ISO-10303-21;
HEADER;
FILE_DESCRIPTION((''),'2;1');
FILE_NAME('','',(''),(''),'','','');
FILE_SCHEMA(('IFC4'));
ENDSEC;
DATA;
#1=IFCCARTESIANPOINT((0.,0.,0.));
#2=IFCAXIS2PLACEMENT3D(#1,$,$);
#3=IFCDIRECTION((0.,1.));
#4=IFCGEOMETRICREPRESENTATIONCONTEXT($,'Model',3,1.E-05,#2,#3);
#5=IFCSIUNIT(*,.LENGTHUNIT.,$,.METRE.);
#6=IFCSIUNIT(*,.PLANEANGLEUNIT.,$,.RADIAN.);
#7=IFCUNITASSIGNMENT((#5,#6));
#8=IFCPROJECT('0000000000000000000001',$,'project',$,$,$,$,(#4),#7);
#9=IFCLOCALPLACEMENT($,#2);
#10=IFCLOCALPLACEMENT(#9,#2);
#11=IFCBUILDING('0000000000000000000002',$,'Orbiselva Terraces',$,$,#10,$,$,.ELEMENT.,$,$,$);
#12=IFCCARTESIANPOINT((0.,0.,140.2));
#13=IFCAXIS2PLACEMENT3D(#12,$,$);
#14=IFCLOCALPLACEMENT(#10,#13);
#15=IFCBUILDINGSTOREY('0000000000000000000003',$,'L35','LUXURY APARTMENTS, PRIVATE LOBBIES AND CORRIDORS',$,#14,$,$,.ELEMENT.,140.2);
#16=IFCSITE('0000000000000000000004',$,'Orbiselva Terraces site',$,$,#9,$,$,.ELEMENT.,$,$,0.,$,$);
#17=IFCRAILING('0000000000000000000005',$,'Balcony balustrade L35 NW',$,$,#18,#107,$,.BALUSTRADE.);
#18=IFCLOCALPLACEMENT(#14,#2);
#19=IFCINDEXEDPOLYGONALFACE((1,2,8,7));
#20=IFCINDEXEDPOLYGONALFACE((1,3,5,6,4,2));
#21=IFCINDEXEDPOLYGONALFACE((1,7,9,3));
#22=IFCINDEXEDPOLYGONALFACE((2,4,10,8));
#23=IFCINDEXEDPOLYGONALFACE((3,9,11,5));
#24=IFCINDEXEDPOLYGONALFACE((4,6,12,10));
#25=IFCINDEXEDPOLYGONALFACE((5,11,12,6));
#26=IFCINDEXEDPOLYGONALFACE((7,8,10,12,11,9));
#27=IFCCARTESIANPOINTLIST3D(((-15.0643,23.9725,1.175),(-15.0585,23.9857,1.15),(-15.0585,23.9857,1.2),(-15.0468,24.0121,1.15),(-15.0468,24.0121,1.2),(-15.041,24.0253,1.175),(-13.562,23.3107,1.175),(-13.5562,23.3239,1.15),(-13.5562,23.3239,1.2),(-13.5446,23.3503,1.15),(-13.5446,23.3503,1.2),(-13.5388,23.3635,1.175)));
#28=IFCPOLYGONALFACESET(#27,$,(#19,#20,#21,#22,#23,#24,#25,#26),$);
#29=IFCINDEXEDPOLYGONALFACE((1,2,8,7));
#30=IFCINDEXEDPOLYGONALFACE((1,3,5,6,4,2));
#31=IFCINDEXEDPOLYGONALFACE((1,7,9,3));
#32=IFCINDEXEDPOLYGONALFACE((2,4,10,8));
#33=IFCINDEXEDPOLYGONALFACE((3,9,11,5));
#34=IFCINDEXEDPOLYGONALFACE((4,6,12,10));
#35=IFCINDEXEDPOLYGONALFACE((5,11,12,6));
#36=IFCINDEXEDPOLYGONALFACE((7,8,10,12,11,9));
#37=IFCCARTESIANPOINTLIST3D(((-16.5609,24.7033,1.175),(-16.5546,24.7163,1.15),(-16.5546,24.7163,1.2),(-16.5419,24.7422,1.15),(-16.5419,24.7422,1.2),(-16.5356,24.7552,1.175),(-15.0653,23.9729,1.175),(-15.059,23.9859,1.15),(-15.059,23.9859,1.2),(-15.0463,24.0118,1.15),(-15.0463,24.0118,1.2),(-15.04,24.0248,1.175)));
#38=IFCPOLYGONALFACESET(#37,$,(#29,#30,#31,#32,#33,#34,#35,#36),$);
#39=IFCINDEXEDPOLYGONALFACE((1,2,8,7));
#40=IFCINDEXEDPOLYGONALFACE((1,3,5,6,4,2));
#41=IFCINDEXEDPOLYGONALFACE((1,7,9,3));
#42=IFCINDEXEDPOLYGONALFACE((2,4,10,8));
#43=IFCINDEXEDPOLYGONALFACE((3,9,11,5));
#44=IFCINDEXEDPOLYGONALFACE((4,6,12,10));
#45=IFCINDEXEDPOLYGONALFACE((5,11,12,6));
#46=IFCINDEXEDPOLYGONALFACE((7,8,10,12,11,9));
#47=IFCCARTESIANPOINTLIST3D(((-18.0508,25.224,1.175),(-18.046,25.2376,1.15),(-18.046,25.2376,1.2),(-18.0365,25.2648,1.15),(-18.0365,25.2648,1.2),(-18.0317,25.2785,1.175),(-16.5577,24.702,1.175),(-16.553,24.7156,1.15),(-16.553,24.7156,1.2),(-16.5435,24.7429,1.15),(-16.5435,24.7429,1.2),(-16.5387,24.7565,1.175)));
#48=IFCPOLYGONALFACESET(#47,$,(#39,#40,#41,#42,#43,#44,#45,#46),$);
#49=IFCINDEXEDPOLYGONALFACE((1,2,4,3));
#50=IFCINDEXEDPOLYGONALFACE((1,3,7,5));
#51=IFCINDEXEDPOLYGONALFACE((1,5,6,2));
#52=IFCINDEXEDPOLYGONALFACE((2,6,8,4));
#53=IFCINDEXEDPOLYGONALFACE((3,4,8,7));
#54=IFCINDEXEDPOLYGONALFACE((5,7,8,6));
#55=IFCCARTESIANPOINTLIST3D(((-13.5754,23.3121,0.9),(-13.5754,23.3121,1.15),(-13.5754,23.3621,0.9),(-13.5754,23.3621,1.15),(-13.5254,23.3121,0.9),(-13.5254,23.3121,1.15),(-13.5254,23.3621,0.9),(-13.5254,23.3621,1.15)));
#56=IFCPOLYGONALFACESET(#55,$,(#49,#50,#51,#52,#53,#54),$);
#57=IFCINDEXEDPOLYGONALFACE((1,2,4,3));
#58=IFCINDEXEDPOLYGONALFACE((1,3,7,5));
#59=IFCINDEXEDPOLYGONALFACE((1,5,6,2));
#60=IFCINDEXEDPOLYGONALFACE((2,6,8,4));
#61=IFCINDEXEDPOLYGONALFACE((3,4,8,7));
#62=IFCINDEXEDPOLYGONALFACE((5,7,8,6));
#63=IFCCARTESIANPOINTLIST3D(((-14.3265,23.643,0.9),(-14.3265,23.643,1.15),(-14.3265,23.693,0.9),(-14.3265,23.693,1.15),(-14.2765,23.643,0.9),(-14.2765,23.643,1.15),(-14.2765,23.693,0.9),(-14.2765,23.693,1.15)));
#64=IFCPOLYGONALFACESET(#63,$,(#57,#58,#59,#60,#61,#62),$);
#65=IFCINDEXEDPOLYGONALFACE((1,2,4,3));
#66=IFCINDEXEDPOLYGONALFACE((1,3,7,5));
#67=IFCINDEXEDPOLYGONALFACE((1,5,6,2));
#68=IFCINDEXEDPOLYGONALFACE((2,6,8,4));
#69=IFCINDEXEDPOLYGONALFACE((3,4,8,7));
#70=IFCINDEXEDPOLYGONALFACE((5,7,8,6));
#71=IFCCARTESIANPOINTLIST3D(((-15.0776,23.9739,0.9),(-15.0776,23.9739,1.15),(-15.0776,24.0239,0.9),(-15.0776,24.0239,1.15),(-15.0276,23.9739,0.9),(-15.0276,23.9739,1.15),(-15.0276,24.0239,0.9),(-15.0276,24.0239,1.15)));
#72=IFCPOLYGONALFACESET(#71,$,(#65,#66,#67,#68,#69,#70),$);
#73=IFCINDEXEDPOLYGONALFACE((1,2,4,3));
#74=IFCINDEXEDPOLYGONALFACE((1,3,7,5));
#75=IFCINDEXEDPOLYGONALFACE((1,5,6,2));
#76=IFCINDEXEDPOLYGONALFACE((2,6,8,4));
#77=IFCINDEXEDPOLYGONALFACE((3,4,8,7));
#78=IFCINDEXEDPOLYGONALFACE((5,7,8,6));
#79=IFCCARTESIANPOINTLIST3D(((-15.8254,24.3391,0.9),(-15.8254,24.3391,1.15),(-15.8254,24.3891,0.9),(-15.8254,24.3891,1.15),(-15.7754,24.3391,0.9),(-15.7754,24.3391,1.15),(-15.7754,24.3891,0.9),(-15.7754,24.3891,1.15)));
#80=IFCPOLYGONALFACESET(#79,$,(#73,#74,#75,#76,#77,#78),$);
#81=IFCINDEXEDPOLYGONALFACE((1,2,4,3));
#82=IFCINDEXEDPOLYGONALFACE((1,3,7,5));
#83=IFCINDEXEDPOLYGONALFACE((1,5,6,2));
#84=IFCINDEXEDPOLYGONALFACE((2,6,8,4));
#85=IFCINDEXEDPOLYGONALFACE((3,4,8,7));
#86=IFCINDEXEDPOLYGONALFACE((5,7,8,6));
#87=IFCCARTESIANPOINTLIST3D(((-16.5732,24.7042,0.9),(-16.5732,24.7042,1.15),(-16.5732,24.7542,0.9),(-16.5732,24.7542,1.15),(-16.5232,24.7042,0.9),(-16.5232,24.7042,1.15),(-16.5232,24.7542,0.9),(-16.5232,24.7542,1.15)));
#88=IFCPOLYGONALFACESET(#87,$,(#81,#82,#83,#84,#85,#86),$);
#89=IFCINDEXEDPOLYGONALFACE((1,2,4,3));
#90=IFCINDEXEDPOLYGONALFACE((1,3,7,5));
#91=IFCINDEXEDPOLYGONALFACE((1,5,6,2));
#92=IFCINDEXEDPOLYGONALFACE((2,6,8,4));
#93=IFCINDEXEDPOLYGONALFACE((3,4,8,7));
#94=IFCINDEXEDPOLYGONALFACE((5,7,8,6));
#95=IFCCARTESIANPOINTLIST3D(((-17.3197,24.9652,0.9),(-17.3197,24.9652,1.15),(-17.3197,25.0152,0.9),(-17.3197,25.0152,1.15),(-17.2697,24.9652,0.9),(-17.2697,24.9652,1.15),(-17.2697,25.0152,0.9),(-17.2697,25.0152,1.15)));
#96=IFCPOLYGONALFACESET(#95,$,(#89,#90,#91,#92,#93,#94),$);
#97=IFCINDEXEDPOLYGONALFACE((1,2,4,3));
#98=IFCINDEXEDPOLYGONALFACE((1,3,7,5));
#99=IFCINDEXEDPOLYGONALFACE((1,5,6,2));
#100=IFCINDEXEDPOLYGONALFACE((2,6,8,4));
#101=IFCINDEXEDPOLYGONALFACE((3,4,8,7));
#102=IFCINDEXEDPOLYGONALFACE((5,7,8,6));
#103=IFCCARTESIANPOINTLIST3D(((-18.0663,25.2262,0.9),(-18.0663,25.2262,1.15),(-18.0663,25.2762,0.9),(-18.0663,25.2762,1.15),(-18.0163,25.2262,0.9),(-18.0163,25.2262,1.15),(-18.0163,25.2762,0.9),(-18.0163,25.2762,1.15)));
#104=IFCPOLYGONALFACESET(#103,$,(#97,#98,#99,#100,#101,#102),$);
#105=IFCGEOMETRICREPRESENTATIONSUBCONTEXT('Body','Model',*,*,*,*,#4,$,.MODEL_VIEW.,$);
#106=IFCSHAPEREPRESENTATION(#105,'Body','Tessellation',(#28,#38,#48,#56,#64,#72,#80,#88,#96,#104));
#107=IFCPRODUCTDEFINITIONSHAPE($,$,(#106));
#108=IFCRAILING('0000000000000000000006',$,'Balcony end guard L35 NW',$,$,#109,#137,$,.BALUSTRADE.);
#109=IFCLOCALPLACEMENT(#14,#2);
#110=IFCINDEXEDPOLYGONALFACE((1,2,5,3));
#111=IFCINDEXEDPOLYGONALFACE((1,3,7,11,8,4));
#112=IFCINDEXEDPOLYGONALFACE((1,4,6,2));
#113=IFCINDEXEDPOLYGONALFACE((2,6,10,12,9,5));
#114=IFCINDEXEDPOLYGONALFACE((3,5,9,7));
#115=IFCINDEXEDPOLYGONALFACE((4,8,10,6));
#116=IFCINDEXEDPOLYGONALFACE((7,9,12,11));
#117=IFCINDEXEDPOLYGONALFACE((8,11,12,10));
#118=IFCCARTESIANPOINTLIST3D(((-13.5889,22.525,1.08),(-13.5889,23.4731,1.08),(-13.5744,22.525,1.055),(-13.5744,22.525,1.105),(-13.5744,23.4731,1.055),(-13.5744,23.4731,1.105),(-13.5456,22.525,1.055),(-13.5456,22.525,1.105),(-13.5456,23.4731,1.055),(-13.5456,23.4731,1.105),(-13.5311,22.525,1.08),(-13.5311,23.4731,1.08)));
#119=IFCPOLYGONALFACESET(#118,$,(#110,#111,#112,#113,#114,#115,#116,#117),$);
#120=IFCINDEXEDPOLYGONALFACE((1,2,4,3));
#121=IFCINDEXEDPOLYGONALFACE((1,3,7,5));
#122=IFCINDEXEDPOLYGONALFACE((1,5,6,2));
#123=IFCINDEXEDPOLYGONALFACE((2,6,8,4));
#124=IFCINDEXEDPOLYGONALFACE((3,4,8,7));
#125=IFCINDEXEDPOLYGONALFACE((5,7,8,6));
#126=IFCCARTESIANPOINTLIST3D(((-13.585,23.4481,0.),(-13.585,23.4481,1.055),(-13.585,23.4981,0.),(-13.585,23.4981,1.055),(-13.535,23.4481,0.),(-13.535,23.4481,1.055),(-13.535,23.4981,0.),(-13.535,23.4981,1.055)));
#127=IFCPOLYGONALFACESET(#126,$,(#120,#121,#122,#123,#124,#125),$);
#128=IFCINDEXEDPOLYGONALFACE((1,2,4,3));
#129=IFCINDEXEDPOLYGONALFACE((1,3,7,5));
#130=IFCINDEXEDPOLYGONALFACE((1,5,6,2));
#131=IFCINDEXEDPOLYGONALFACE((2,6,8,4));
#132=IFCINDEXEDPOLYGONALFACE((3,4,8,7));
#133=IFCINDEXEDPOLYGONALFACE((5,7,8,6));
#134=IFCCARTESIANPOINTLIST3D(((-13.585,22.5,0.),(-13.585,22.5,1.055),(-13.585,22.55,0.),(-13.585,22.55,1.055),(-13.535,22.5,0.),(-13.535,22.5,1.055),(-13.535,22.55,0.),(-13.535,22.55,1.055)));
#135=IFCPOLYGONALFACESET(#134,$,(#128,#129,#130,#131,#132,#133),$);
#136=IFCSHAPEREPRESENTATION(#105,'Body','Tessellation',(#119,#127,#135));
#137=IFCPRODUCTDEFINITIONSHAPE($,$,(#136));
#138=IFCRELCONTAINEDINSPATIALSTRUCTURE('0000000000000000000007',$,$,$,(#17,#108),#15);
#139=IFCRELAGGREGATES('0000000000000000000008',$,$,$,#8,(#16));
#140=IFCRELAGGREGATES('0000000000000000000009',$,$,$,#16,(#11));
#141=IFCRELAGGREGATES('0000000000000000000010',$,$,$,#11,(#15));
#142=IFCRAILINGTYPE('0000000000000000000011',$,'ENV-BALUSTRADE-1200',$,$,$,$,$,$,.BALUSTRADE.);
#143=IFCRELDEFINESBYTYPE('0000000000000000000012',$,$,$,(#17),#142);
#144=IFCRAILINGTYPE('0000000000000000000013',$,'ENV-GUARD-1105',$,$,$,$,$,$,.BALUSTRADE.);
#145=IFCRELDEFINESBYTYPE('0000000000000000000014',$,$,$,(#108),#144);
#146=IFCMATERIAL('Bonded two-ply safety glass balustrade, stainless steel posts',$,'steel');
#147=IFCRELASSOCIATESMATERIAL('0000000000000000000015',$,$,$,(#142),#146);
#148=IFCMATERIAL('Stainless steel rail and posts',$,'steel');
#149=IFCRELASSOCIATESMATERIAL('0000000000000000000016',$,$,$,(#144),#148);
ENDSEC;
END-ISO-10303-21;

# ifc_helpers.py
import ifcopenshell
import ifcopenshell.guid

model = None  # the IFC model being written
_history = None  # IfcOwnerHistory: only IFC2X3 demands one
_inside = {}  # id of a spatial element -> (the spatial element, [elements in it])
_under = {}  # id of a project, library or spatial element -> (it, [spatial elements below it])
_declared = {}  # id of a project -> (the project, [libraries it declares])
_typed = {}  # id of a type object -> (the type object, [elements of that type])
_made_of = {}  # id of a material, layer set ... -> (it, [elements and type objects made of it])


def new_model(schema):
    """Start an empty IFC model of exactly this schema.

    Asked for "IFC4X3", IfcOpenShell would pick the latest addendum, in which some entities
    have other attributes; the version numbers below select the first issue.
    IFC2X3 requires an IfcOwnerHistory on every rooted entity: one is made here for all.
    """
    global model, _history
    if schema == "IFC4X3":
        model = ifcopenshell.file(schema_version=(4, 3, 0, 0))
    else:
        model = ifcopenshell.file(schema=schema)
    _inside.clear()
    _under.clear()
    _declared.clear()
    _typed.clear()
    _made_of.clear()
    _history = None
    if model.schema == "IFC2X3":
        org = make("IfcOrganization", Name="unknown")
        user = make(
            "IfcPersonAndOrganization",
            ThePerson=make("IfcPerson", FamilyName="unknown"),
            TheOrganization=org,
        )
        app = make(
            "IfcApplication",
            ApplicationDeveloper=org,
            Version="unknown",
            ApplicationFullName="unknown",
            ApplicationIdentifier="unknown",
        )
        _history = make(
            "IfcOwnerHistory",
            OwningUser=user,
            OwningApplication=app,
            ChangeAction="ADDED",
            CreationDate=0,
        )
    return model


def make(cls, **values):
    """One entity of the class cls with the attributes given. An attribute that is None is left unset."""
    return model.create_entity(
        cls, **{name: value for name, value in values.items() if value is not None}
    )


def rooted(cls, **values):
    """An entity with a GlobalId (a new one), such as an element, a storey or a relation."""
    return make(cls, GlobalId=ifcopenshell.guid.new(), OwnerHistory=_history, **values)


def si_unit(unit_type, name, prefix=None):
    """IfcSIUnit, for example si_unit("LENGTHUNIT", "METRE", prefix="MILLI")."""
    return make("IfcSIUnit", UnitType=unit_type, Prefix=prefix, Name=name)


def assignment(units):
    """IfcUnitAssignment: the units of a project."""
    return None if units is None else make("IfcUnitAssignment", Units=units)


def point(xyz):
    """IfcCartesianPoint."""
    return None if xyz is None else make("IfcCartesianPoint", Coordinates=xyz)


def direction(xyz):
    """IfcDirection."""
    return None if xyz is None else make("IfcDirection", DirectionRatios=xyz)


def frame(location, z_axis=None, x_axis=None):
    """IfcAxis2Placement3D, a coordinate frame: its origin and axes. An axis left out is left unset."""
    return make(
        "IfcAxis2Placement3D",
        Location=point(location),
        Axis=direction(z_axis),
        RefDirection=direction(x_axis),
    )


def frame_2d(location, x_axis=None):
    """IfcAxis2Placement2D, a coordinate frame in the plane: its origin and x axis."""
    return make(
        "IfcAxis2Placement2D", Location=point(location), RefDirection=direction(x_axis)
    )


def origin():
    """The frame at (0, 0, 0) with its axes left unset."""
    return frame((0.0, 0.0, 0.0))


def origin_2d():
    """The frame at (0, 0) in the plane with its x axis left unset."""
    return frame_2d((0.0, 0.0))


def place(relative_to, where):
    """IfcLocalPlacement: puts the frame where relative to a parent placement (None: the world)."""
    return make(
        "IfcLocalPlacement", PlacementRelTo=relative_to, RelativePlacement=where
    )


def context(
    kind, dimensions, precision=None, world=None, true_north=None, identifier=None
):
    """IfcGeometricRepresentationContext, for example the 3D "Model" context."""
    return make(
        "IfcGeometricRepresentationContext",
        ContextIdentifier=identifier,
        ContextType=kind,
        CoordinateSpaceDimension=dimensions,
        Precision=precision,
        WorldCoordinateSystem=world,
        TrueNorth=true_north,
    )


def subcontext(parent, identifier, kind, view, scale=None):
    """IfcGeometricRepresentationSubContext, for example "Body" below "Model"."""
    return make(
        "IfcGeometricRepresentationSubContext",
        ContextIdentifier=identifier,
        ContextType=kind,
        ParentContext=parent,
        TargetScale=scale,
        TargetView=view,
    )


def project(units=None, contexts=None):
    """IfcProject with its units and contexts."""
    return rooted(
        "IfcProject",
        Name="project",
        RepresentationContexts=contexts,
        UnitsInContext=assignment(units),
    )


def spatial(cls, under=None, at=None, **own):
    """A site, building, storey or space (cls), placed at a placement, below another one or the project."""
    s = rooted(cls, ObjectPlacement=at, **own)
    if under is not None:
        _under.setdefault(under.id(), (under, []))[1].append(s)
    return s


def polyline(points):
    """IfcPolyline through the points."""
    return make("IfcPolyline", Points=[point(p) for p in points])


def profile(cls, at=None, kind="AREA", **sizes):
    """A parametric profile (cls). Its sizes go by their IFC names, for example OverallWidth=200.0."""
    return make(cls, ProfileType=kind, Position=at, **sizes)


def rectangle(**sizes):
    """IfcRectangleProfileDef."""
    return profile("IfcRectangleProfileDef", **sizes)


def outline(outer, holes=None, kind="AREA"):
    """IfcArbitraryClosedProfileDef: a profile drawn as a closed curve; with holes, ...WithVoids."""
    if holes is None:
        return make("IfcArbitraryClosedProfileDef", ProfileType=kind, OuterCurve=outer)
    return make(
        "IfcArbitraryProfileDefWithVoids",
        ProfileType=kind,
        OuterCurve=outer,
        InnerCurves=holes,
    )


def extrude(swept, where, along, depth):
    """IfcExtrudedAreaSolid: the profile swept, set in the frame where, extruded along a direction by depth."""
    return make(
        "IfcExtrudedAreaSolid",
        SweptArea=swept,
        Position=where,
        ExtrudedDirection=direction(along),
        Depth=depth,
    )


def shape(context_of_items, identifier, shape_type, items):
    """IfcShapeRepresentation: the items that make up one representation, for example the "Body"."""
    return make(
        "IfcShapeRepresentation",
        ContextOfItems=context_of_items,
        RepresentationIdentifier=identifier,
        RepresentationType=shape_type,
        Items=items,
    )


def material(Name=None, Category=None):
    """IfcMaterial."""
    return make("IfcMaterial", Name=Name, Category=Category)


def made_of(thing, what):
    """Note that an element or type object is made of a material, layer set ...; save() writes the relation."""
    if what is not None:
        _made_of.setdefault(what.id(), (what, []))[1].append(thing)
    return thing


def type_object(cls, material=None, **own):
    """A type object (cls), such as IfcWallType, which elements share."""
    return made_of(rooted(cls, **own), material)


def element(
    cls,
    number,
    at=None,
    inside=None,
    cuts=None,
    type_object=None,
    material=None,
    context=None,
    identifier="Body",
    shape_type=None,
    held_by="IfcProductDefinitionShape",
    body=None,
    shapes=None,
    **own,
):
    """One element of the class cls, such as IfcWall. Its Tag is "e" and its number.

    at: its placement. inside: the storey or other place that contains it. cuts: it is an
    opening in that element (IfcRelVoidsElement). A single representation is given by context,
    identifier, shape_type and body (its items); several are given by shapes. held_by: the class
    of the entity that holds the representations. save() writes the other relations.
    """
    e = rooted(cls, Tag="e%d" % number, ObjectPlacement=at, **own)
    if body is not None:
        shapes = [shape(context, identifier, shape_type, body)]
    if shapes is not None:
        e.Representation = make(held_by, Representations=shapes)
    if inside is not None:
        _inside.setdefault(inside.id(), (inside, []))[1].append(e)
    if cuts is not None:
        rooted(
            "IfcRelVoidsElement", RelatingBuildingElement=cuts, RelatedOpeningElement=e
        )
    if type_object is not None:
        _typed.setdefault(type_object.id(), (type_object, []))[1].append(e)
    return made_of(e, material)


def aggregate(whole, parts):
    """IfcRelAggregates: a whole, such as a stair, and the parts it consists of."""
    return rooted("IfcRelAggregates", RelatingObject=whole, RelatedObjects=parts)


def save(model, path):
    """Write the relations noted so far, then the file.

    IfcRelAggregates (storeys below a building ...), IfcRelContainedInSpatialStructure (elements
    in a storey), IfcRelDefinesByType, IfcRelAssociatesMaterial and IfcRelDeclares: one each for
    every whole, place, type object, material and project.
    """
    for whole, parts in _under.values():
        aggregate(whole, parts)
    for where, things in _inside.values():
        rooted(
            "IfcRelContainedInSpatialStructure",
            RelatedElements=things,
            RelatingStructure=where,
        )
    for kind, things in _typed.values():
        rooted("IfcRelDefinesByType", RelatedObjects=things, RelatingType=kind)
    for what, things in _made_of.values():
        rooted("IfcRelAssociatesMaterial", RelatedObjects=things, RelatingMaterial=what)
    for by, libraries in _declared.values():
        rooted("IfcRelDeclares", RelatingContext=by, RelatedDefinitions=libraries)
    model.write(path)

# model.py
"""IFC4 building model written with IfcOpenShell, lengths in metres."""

from ifc_helpers import new_model, si_unit, direction, frame, origin, origin_2d, place, context, subcontext, project, spatial, polyline, rectangle, outline, extrude, material, type_object, element, save


model = new_model("IFC4")

# Units and contexts
model_context = context("Model", 3, precision=1e-05, world=origin(), true_north=direction((0.0, 1.0)))
body_context = subcontext(model_context, "Body", "Model", "MODEL_VIEW")
ifc_project = project(units=[si_unit("LENGTHUNIT", "METRE"), si_unit("PLANEANGLEUNIT", "RADIAN")], contexts=[model_context])

# Site, building, storey
site_placement = place(None, origin())
site = spatial("IfcSite", under=ifc_project, at=site_placement, Name="Orbiselva Terraces site", CompositionType="ELEMENT", RefElevation=0.0)
building_placement = place(site_placement, origin())
building = spatial("IfcBuilding", under=site, at=building_placement, Name="Orbiselva Terraces", CompositionType="ELEMENT")
storey_placement = place(building_placement, frame((0.0, 0.0, 140.2)))
storey = spatial("IfcBuildingStorey", under=building, at=storey_placement, Name="L35", Description="LUXURY APARTMENTS, PRIVATE LOBBIES AND CORRIDORS", CompositionType="ELEMENT", Elevation=140.2)

# Railings
ifc_material_1 = material(Name="Bonded two-ply safety glass balustrade, stainless steel posts", Category="steel")
railing_type_1 = type_object("IfcRailingType", Name="ENV-BALUSTRADE-1200", PredefinedType="BALUSTRADE", material=ifc_material_1)
railing_1_placement = place(storey_placement, frame((-13.5504, 23.3371, 0.9)))
element("IfcRailing", 1, at=railing_1_placement, inside=storey, type_object=railing_type_1, Name="Balcony balustrade L35 NW", PredefinedType="BALUSTRADE", context=body_context, shape_type="SweptSolid", body=[
    extrude(outline(polyline([(0.0289, 0.0), (0.0144, 0.025), (-0.0144, 0.025), (-0.0289, 0.0), (-0.0144, -0.025), (0.0144, -0.025), (0.0289, 0.0)])), frame((0.0, 0.0, 0.275), z_axis=(-0.915133, 0.403151, 0.0), x_axis=(-0.403151, -0.915133, 0.0)), (0.0, 0.0, 1.0), 1.6416),
    extrude(outline(polyline([(0.0289, 0.0), (0.0144, 0.025), (-0.0144, 0.025), (-0.0289, 0.0), (-0.0144, -0.025), (0.0144, -0.025), (0.0289, 0.0)])), frame((-1.5022, 0.6618, 0.275), z_axis=(-0.898579, 0.438812, 0.0), x_axis=(-0.438812, -0.898579, 0.0)), (0.0, 0.0, 1.0), 1.6644),
    extrude(outline(polyline([(0.0289, 0.0), (0.0144, 0.025), (-0.0144, 0.025), (-0.0289, 0.0), (-0.0144, -0.025), (0.0144, -0.025), (0.0289, 0.0)])), frame((-2.9978, 1.3921, 0.275), z_axis=(-0.943972, 0.330025, 0.0), x_axis=(-0.330025, -0.943972, 0.0)), (0.0, 0.0, 1.0), 1.5816),
    extrude(rectangle(XDim=0.05, YDim=0.05, at=origin_2d()), origin(), (0.0, 0.0, 1.0), 0.25),
    extrude(rectangle(XDim=0.05, YDim=0.05, at=origin_2d()), frame((-0.7511, 0.3309, 0.0)), (0.0, 0.0, 1.0), 0.25),
    extrude(rectangle(XDim=0.05, YDim=0.05, at=origin_2d()), frame((-1.5022, 0.6618, 0.0)), (0.0, 0.0, 1.0), 0.25),
    extrude(rectangle(XDim=0.05, YDim=0.05, at=origin_2d()), frame((-2.25, 1.027, 0.0)), (0.0, 0.0, 1.0), 0.25),
    extrude(rectangle(XDim=0.05, YDim=0.05, at=origin_2d()), frame((-2.9978, 1.3921, 0.0)), (0.0, 0.0, 1.0), 0.25),
    extrude(rectangle(XDim=0.05, YDim=0.05, at=origin_2d()), frame((-3.7443, 1.6531, 0.0)), (0.0, 0.0, 1.0), 0.25),
    extrude(rectangle(XDim=0.05, YDim=0.05, at=origin_2d()), frame((-4.4909, 1.9141, 0.0)), (0.0, 0.0, 1.0), 0.25),
])
ifc_material_2 = material(Name="Stainless steel rail and posts", Category="steel")
railing_type_2 = type_object("IfcRailingType", Name="ENV-GUARD-1105", PredefinedType="BALUSTRADE", material=ifc_material_2)
railing_2_placement = place(storey_placement, frame((-13.56, 23.4731, 0.0)))
element("IfcRailing", 2, at=railing_2_placement, inside=storey, type_object=railing_type_2, Name="Balcony end guard L35 NW", PredefinedType="BALUSTRADE", context=body_context, shape_type="SweptSolid", body=[
    extrude(outline(polyline([(0.0289, 0.0), (0.0144, 0.025), (-0.0144, 0.025), (-0.0289, 0.0), (-0.0144, -0.025), (0.0144, -0.025), (0.0289, 0.0)])), frame((0.0, 0.0, 1.08), z_axis=(0.0, -1.0, 0.0), x_axis=(1.0, 0.0, 0.0)), (0.0, 0.0, 1.0), 0.9481),
    extrude(rectangle(XDim=0.05, YDim=0.05, at=origin_2d()), origin(), (0.0, 0.0, 1.0), 1.055),
    extrude(rectangle(XDim=0.05, YDim=0.05, at=origin_2d()), frame((0.0, -0.9481, 0.0)), (0.0, 0.0, 1.0), 1.055),
])

save(model, "model.ifc")
